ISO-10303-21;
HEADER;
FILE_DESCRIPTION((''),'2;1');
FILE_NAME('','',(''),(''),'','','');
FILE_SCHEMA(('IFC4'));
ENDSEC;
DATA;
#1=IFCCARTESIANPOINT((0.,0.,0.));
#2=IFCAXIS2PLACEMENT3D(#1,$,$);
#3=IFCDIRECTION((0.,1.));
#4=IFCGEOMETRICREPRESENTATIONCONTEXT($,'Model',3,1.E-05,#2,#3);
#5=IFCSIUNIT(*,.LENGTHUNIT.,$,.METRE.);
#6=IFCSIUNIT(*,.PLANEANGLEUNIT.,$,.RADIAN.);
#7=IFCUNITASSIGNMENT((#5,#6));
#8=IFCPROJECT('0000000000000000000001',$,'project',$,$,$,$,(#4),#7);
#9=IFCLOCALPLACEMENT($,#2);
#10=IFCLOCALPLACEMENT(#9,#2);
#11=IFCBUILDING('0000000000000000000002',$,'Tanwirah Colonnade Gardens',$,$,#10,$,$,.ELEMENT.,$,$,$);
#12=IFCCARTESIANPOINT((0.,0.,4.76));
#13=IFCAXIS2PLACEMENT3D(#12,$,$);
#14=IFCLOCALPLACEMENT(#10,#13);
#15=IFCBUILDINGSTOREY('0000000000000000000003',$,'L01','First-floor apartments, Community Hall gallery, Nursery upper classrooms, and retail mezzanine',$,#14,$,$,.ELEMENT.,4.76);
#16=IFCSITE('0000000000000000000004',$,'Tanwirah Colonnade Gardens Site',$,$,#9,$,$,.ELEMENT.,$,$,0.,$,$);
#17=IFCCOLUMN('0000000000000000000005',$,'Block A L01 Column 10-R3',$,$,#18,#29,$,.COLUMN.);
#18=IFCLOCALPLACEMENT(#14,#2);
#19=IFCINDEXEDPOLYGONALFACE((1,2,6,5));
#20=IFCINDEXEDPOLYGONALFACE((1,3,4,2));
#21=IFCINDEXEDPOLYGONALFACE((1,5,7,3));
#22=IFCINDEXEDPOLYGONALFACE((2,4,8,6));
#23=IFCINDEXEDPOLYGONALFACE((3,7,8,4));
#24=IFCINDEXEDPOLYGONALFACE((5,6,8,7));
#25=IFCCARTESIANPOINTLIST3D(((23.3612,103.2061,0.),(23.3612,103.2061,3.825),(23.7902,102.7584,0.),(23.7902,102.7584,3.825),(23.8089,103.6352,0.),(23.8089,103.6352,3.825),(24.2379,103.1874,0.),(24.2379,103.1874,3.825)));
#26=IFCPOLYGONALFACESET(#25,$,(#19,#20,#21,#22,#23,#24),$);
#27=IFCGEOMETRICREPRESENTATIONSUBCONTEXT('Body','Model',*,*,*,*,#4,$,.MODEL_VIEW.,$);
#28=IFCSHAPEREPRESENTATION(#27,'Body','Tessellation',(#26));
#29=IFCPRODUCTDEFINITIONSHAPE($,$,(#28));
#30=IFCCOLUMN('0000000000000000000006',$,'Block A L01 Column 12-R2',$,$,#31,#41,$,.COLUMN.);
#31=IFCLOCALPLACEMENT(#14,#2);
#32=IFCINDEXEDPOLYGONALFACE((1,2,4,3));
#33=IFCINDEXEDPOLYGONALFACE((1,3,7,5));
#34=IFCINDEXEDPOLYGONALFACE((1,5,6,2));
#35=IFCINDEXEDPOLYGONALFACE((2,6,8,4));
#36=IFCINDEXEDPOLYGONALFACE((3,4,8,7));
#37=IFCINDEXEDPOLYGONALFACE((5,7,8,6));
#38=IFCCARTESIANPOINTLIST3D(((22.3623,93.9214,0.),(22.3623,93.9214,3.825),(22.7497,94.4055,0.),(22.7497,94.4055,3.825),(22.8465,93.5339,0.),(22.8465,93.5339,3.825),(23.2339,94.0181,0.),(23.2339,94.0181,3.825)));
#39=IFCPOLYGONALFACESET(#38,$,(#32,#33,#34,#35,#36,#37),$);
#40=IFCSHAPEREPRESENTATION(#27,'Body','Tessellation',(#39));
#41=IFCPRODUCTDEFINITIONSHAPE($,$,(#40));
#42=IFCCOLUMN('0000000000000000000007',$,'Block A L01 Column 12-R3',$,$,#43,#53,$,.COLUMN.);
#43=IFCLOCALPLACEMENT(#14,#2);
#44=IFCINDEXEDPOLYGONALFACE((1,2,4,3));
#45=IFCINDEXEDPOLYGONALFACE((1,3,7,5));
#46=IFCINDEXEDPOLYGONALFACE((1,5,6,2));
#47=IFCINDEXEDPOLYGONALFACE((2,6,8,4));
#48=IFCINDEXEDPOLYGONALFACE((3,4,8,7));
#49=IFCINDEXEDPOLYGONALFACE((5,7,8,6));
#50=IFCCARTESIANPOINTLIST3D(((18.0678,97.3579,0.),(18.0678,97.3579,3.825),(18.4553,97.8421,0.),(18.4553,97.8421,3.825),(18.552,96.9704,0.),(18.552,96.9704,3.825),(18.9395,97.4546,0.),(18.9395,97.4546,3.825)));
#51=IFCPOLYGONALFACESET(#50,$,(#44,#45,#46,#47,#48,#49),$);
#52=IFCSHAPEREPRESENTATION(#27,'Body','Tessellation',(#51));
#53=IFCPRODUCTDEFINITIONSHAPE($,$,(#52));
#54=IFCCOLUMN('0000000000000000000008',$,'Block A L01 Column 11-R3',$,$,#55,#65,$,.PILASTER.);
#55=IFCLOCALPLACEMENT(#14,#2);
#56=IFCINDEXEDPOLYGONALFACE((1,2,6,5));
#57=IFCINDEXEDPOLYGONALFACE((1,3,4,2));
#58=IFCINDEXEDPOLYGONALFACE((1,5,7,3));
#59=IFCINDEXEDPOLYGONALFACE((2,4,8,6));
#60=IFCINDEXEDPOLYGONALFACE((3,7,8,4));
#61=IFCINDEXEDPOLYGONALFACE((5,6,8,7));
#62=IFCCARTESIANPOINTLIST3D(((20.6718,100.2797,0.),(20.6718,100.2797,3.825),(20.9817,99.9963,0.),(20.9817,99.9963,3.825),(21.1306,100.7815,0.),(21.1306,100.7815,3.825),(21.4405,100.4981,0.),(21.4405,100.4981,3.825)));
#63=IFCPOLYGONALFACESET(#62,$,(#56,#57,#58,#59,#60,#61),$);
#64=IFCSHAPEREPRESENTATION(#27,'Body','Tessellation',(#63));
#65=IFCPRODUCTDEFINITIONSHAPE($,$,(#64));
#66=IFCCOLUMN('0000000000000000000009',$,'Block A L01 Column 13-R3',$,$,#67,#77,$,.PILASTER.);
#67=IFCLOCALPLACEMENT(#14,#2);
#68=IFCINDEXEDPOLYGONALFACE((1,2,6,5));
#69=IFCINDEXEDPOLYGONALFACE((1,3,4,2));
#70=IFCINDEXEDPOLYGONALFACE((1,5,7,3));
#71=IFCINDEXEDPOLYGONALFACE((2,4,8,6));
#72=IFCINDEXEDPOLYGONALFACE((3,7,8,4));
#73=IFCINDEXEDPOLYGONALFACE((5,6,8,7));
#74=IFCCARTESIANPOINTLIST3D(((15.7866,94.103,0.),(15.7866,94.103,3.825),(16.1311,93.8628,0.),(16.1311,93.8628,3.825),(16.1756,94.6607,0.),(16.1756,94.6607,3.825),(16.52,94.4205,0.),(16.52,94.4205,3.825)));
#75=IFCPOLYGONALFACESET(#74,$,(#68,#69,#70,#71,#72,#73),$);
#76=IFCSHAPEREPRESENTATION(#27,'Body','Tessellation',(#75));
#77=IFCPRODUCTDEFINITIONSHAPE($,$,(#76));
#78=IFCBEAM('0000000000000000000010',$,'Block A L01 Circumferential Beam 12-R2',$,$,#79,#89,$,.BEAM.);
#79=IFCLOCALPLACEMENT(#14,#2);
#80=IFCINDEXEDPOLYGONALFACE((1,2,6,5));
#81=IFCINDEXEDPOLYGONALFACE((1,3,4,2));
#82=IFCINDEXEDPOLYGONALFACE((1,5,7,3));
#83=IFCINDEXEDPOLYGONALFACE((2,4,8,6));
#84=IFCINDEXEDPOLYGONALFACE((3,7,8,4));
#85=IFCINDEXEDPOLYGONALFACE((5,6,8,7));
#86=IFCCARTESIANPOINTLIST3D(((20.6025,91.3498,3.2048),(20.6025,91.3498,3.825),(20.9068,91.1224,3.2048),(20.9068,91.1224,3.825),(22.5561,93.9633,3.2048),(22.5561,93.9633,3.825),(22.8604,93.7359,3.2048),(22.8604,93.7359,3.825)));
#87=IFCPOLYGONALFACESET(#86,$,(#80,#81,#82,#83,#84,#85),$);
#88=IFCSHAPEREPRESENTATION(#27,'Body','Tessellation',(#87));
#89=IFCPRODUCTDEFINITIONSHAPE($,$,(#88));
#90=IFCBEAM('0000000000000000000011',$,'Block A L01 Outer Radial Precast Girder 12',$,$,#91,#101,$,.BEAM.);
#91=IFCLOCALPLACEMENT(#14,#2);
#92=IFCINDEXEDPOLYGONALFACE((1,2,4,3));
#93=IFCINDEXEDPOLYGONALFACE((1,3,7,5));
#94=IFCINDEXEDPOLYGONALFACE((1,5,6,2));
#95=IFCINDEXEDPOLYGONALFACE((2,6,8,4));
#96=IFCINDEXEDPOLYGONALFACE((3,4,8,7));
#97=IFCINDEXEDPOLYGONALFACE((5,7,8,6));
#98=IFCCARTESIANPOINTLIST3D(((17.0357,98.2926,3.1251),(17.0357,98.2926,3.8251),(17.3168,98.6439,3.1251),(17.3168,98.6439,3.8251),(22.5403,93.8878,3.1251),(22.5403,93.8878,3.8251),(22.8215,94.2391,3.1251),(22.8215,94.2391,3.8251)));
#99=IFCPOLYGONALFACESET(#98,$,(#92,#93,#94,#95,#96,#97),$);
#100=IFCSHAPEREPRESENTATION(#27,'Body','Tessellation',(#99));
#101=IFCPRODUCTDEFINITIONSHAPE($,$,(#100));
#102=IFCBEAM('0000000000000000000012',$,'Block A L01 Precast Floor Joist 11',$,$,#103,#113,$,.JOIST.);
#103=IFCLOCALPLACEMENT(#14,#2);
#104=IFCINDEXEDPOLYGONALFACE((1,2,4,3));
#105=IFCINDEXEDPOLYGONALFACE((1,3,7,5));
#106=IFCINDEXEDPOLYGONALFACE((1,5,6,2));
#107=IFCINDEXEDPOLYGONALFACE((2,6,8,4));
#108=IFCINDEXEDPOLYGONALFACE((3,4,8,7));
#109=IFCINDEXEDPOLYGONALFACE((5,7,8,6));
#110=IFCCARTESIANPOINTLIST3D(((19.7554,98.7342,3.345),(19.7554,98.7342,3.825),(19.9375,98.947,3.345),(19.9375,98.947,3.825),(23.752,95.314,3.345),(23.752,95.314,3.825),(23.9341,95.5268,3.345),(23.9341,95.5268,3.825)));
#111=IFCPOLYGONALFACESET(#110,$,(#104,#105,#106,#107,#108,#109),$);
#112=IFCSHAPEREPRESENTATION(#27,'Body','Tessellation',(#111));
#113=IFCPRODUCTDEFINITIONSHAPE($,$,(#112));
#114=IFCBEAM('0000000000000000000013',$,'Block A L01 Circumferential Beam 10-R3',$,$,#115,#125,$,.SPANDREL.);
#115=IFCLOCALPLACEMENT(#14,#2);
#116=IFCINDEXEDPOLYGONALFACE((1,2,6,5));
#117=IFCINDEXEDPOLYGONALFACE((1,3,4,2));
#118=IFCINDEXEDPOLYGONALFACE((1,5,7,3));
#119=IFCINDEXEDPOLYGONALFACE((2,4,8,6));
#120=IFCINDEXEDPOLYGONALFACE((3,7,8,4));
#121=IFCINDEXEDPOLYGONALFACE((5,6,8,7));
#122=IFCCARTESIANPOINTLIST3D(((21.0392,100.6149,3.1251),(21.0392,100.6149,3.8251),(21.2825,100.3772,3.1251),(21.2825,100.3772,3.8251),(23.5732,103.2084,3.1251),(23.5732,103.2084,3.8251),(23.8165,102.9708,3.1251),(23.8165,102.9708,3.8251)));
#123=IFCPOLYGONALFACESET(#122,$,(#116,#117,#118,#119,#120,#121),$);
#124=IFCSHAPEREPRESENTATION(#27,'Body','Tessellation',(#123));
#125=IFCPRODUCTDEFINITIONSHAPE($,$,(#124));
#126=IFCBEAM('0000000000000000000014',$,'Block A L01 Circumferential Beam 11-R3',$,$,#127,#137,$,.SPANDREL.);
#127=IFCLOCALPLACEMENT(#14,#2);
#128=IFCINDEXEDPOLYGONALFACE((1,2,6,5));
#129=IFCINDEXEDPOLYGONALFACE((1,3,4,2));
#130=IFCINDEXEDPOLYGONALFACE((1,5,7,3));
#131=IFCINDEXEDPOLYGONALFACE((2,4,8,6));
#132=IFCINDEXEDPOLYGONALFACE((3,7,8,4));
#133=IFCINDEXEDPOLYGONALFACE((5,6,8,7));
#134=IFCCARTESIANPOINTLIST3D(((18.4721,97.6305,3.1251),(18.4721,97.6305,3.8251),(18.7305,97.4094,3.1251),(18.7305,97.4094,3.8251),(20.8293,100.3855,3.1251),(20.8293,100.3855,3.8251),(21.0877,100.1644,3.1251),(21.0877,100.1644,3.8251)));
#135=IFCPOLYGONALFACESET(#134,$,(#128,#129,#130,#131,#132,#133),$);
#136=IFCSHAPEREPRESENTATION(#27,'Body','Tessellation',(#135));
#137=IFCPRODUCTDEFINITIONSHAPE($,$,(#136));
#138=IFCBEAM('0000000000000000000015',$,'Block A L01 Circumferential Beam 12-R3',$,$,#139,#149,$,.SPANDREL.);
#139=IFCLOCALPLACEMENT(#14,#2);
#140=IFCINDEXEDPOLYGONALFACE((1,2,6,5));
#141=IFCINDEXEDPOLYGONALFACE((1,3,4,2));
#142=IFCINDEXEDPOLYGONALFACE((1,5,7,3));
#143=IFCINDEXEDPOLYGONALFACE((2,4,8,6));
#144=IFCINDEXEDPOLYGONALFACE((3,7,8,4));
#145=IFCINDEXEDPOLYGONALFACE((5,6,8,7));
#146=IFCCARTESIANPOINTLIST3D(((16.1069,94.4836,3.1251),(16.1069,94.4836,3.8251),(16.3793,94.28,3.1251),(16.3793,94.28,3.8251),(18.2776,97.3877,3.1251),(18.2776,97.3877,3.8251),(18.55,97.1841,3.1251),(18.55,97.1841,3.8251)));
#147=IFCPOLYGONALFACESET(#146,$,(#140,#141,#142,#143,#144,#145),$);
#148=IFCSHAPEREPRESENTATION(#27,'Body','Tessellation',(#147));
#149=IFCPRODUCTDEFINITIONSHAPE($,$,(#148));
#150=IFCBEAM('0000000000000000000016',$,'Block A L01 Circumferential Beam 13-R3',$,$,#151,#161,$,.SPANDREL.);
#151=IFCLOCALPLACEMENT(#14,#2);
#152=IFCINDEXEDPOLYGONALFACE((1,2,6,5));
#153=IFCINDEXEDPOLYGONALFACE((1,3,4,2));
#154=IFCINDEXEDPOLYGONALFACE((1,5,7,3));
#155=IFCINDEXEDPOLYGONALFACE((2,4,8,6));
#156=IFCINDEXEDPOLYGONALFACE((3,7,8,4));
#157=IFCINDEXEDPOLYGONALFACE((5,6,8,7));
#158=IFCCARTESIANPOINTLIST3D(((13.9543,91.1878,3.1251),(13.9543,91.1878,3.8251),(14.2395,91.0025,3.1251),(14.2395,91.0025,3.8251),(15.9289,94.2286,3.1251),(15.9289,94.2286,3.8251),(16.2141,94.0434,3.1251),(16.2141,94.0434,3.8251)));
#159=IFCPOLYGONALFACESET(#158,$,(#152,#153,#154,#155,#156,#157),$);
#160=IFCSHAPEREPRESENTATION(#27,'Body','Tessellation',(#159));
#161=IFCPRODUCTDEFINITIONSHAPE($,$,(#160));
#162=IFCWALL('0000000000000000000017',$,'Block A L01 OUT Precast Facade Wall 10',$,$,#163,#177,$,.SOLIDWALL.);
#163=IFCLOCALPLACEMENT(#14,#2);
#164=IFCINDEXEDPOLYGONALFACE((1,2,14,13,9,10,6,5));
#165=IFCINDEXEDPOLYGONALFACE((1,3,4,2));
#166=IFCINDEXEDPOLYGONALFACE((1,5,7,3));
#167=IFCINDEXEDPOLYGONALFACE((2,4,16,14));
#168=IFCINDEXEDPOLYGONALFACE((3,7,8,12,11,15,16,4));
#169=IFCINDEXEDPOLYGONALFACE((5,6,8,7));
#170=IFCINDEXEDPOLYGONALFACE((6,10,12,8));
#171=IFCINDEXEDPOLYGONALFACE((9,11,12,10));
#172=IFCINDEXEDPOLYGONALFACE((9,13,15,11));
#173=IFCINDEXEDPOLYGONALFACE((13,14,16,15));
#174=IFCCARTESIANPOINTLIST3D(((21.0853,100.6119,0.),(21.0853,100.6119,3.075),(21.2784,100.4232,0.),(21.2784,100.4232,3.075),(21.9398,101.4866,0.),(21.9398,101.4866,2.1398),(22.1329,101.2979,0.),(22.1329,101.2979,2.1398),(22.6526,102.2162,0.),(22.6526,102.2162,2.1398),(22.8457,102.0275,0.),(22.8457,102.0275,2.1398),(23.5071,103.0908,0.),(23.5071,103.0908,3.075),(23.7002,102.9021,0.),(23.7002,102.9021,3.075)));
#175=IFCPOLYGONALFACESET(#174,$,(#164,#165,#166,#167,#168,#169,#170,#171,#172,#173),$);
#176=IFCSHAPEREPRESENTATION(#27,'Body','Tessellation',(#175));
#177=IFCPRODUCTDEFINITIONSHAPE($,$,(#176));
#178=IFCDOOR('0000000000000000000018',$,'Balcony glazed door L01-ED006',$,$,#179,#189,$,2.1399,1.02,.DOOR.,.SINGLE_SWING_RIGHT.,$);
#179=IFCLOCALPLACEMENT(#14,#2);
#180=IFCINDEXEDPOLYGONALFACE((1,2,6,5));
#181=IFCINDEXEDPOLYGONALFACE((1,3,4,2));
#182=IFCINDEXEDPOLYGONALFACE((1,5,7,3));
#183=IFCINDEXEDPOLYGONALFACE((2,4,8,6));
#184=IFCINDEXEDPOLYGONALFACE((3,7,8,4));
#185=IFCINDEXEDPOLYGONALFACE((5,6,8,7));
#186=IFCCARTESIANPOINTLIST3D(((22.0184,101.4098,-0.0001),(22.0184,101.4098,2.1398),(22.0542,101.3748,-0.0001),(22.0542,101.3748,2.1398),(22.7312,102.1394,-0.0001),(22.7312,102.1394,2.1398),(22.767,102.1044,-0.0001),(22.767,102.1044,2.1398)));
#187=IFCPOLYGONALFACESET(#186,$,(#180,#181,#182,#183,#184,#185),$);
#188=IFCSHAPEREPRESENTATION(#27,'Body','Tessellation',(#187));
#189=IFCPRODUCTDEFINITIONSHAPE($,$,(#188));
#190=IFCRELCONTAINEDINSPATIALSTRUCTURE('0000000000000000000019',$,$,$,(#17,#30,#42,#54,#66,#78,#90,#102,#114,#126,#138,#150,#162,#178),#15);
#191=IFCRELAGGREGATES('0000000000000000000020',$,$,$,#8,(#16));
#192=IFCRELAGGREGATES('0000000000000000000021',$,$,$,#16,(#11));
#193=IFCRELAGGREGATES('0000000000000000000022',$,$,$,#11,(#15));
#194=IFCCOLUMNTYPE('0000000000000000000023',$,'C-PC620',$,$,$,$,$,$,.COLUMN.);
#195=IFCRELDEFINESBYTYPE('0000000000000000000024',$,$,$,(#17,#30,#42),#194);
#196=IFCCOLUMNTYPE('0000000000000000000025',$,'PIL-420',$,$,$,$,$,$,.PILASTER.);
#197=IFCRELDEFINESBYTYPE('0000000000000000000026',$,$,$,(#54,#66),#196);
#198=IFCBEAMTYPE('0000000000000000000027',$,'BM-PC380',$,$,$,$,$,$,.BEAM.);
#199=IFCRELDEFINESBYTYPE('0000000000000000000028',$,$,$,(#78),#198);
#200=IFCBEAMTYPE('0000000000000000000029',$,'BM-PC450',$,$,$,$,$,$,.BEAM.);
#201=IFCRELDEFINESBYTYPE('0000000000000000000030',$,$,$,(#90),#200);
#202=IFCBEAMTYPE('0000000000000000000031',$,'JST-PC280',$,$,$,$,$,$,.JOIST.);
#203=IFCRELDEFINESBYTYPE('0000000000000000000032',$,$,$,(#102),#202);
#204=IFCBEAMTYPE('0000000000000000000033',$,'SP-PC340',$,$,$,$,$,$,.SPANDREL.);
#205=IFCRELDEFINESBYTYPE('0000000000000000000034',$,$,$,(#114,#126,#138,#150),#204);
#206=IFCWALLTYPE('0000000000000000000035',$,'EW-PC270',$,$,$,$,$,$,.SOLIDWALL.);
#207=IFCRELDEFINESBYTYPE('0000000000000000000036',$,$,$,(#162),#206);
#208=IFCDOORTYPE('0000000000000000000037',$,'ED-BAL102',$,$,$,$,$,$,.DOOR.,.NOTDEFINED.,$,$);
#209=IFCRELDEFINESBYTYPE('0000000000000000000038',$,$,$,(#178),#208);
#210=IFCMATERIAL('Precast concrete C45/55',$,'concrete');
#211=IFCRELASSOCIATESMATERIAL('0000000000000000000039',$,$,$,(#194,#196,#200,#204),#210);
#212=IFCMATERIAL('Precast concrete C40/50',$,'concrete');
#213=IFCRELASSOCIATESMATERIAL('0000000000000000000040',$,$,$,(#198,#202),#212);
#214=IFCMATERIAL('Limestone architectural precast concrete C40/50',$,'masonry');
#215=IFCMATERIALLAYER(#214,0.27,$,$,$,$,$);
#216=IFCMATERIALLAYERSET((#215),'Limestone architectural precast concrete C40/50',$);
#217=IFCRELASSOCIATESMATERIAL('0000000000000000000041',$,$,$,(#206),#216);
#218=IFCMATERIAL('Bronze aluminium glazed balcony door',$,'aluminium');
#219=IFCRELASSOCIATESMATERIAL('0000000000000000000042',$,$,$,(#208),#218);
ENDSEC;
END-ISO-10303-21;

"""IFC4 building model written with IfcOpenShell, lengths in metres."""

from ifc_helpers import new_model, si_unit, direction, frame, frame_2d, origin, origin_2d, place, context, subcontext, project, spatial, rectangle, extrude, material, layer, layer_set, material_profile, profile_set, type_object, element, fill, save


model = new_model("IFC4")

# Units and contexts
model_context = context("Model", 3, precision=1e-05, world=origin(), true_north=direction((0.0, 1.0)))
body_context = subcontext(model_context, "Body", "Model", "MODEL_VIEW")
ifc_project = project(units=[si_unit("LENGTHUNIT", "METRE"), si_unit("PLANEANGLEUNIT", "RADIAN")], contexts=[model_context])

# Site, building, storey
site_placement = place(None, origin())
site = spatial("IfcSite", under=ifc_project, at=site_placement, Name="Tanwirah Colonnade Gardens Site", CompositionType="ELEMENT", RefElevation=0.0)
building_placement = place(site_placement, origin())
building = spatial("IfcBuilding", under=site, at=building_placement, Name="Tanwirah Colonnade Gardens", CompositionType="ELEMENT")
storey_placement = place(building_placement, frame((0.0, 0.0, 4.76)))
storey = spatial("IfcBuildingStorey", under=building, at=storey_placement, Name="L01", Description="First-floor apartments, Community Hall gallery, Nursery upper classrooms, and retail mezzanine", CompositionType="ELEMENT", Elevation=4.76)

# Columns
ifc_material_1 = material(Name="Precast concrete C45/55", Category="concrete")
ifc_material_profile_1 = material_profile(ifc_material_1, rectangle(XDim=0.6201, YDim=0.6201, at=origin_2d()), Name="PC-COL 620x620")
ifc_profile_set_1 = profile_set([ifc_material_profile_1], Name="Precast concrete C45/55")
column_type_1 = type_object("IfcColumnType", Name="C-PC620", PredefinedType="COLUMN", material=ifc_profile_set_1)
for number, where, z_axis, x_axis, name in (
    (1, (23.7996, 103.1968, 0.0), (0.0, 0.0, 1.0), (-0.691863, 0.722029, 0.0), "Block A L01 Column 10-R3"),
    (2, (22.7981, 93.9697, 0.0), (0.0, 0.0, 1.0), (-0.780794, 0.624788, 0.0), "Block A L01 Column 12-R2"),
    (3, (18.5037, 97.4062, 0.0), (0.0, 0.0, 1.0), (-0.780794, 0.624788, 0.0), "Block A L01 Column 12-R3"),
):
    element("IfcColumn", number, at=place(storey_placement, frame(where, z_axis=z_axis, x_axis=x_axis)), inside=storey, type_object=column_type_1, Name=name, PredefinedType="COLUMN", context=body_context, shape_type="SweptSolid", body=[
        extrude(rectangle(XDim=0.6201, YDim=0.6201, at=origin_2d()), origin(), (0.0, 0.0, 1.0), 3.825),
    ])
ifc_material_profile_2 = material_profile(ifc_material_1, rectangle(XDim=0.4199, YDim=0.6799, at=origin_2d()), Name="PC-PIL 420x680")
ifc_profile_set_2 = profile_set([ifc_material_profile_2], Name="Precast concrete C45/55")
column_type_2 = type_object("IfcColumnType", Name="PIL-420", PredefinedType="PILASTER", material=ifc_profile_set_2)
for number, where, z_axis, x_axis, name in (
    (4, (21.0562, 100.3889, 0.0), (0.0, 0.0, 1.0), (-0.737932, 0.674875, 0.0), "Block A L01 Column 11-R3"),
    (5, (16.1533, 94.2617, 0.0), (0.0, 0.0, 1.0), (-0.820263, 0.571987, 0.0), "Block A L01 Column 13-R3"),
):
    element("IfcColumn", number, at=place(storey_placement, frame(where, z_axis=z_axis, x_axis=x_axis)), inside=storey, type_object=column_type_2, Name=name, PredefinedType="PILASTER", context=body_context, shape_type="SweptSolid", body=[
        extrude(rectangle(XDim=0.4199, YDim=0.6799, at=origin_2d()), origin(), (0.0, 0.0, 1.0), 3.825),
    ])

# Beams
ifc_material_2 = material(Name="Precast concrete C40/50", Category="concrete")
ifc_material_profile_3 = material_profile(ifc_material_2, rectangle(XDim=0.3799, YDim=0.6201, at=origin_2d()), Name="PC-BM 380x620")
ifc_profile_set_3 = profile_set([ifc_material_profile_3], Name="Precast concrete C40/50")
beam_type_1 = type_object("IfcBeamType", Name="BM-PC380", PredefinedType="BEAM", material=ifc_profile_set_3)
beam_1_placement = place(storey_placement, frame((22.7083, 93.8496, 3.5149), z_axis=(-0.598718, -0.80096, 0.0), x_axis=(0.80096, -0.598718, 0.0)))
element("IfcBeam", 6, at=beam_1_placement, inside=storey, type_object=beam_type_1, Name="Block A L01 Circumferential Beam 12-R2", PredefinedType="BEAM", context=body_context, shape_type="SweptSolid", body=[
    extrude(rectangle(XDim=0.3799, YDim=0.6201, at=origin_2d()), origin(), (0.0, 0.0, 1.0), 3.2629),
])
ifc_material_profile_4 = material_profile(ifc_material_1, rectangle(XDim=0.45, YDim=0.7, at=origin_2d()), Name="PC-BM 450x700")
ifc_profile_set_4 = profile_set([ifc_material_profile_4], Name="Precast concrete C45/55")
beam_type_2 = type_object("IfcBeamType", Name="BM-PC450", PredefinedType="BEAM", material=ifc_profile_set_4)
beam_2_placement = place(storey_placement, frame((22.6809, 94.0635, 3.4751), z_axis=(-0.780794, 0.624788, 0.0), x_axis=(-0.624788, -0.780794, 0.0)))
element("IfcBeam", 7, at=beam_2_placement, inside=storey, type_object=beam_type_2, Name="Block A L01 Outer Radial Precast Girder 12", PredefinedType="BEAM", context=body_context, shape_type="SweptSolid", body=[
    extrude(rectangle(XDim=0.45, YDim=0.7, at=origin_2d()), origin(), (0.0, 0.0, 1.0), 7.05),
])
ifc_material_profile_5 = material_profile(ifc_material_2, rectangle(XDim=0.28, YDim=0.48, at=origin_2d()), Name="PC-JST 280x480")
ifc_profile_set_5 = profile_set([ifc_material_profile_5], Name="Precast concrete C40/50")
beam_type_3 = type_object("IfcBeamType", Name="JST-PC280", PredefinedType="JOIST", material=ifc_profile_set_5)
beam_3_placement = place(storey_placement, frame((23.843, 95.4204, 3.585), z_axis=(-0.759771, 0.650191, 0.0), x_axis=(-0.650191, -0.759771, 0.0)))
element("IfcBeam", 8, at=beam_3_placement, inside=storey, type_object=beam_type_3, Name="Block A L01 Precast Floor Joist 11", PredefinedType="JOIST", context=body_context, shape_type="SweptSolid", body=[
    extrude(rectangle(XDim=0.28, YDim=0.48, at=origin_2d()), origin(), (0.0, 0.0, 1.0), 5.2603),
])
ifc_material_profile_6 = material_profile(ifc_material_1, rectangle(XDim=0.3401, YDim=0.7, at=origin_2d()), Name="PC-SP 340x700")
ifc_profile_set_6 = profile_set([ifc_material_profile_6], Name="Precast concrete C45/55")
beam_type_4 = type_object("IfcBeamType", Name="SP-PC340", PredefinedType="SPANDREL", material=ifc_profile_set_6)
beam_4_placement = place(storey_placement, frame((23.6948, 103.0896, 3.4751), z_axis=(-0.698844, -0.715274, 0.0), x_axis=(0.715274, -0.698844, 0.0)))
element("IfcBeam", 9, at=beam_4_placement, inside=storey, type_object=beam_type_4, Name="Block A L01 Circumferential Beam 10-R3", PredefinedType="SPANDREL", context=body_context, shape_type="SweptSolid", body=[
    extrude(rectangle(XDim=0.3401, YDim=0.7, at=origin_2d()), origin(), (0.0, 0.0, 1.0), 3.626),
])
for number, where, z_axis, x_axis, name in (
    (10, (20.9585, 100.2749, 3.4751), (-0.650131, -0.759822, 0.0), (0.759822, -0.650131, 0.0), "Block A L01 Circumferential Beam 11-R3"),
    (11, (18.4138, 97.2859, 3.4751), (-0.598696, -0.800977, 0.0), (0.800977, -0.598696, 0.0), "Block A L01 Circumferential Beam 12-R3"),
    (12, (16.0715, 94.136, 3.4751), (-0.544621, -0.838682, 0.0), (0.838682, -0.544621, 0.0), "Block A L01 Circumferential Beam 13-R3"),
):
    element("IfcBeam", number, at=place(storey_placement, frame(where, z_axis=z_axis, x_axis=x_axis)), inside=storey, type_object=beam_type_4, Name=name, PredefinedType="SPANDREL", context=body_context, shape_type="SweptSolid", body=[
        extrude(rectangle(XDim=0.3401, YDim=0.7, at=origin_2d()), origin(), (0.0, 0.0, 1.0), 3.6257),
    ])

# Wall, opening, door
ifc_material_3 = material(Name="Limestone architectural precast concrete C40/50", Category="masonry")
ifc_layer_1 = layer(ifc_material_3, 0.27)
ifc_layer_set_1 = layer_set([ifc_layer_1], Name="Limestone architectural precast concrete C40/50")
wall_type = type_object("IfcWallType", Name="EW-PC270", PredefinedType="SOLIDWALL", material=ifc_layer_set_1)
wall_1_placement = place(storey_placement, frame((23.6038, 102.9966, 0.0), z_axis=(0.0, 0.0, 1.0), x_axis=(-0.698817, -0.715301, 0.0)))
wall_1 = element("IfcWall", 13, at=wall_1_placement, inside=storey, type_object=wall_type, Name="Block A L01 OUT Precast Facade Wall 10", PredefinedType="SOLIDWALL", context=body_context, shape_type="SweptSolid", body=[
    extrude(rectangle(XDim=3.4656, YDim=0.27, at=frame_2d((1.7329, 0.0))), origin(), (0.0, 0.0, 1.0), 3.075),
])
opening_1_placement = place(wall_1_placement, frame((1.2229, 0.0, 0.0)))
opening_1 = element("IfcOpeningElement", 14, at=opening_1_placement, cuts=wall_1, PredefinedType="OPENING", context=body_context, shape_type="SweptSolid", body=[
    extrude(rectangle(XDim=1.02, YDim=2.1399, at=frame_2d((0.51, 1.0698))), frame((0.0, 0.145, 0.0), z_axis=(0.0, -1.0, 0.0), x_axis=(1.0, 0.0, 0.0)), (0.0, 0.0, 1.0), 0.29),
])
ifc_material_4 = material(Name="Bronze aluminium glazed balcony door", Category="aluminium")
door_type = type_object("IfcDoorType", Name="ED-BAL102", OperationType="NOTDEFINED", PredefinedType="DOOR", material=ifc_material_4)
door_placement = place(opening_1_placement, origin())
door = element("IfcDoor", 15, at=door_placement, inside=storey, type_object=door_type, Name="Balcony glazed door L01-ED006", OperationType="SINGLE_SWING_RIGHT", OverallHeight=2.1399, OverallWidth=1.02, PredefinedType="DOOR", context=body_context, shape_type="SweptSolid", body=[
    extrude(rectangle(XDim=1.02, YDim=2.1399, at=frame_2d((0.51, 1.0698))), frame((0.0, 0.0249, 0.0), z_axis=(0.0, -1.0, 0.0), x_axis=(1.0, 0.0, 0.0)), (0.0, 0.0, 1.0), 0.05),
])
fill(opening_1, door)

save(model, "model.ifc")
